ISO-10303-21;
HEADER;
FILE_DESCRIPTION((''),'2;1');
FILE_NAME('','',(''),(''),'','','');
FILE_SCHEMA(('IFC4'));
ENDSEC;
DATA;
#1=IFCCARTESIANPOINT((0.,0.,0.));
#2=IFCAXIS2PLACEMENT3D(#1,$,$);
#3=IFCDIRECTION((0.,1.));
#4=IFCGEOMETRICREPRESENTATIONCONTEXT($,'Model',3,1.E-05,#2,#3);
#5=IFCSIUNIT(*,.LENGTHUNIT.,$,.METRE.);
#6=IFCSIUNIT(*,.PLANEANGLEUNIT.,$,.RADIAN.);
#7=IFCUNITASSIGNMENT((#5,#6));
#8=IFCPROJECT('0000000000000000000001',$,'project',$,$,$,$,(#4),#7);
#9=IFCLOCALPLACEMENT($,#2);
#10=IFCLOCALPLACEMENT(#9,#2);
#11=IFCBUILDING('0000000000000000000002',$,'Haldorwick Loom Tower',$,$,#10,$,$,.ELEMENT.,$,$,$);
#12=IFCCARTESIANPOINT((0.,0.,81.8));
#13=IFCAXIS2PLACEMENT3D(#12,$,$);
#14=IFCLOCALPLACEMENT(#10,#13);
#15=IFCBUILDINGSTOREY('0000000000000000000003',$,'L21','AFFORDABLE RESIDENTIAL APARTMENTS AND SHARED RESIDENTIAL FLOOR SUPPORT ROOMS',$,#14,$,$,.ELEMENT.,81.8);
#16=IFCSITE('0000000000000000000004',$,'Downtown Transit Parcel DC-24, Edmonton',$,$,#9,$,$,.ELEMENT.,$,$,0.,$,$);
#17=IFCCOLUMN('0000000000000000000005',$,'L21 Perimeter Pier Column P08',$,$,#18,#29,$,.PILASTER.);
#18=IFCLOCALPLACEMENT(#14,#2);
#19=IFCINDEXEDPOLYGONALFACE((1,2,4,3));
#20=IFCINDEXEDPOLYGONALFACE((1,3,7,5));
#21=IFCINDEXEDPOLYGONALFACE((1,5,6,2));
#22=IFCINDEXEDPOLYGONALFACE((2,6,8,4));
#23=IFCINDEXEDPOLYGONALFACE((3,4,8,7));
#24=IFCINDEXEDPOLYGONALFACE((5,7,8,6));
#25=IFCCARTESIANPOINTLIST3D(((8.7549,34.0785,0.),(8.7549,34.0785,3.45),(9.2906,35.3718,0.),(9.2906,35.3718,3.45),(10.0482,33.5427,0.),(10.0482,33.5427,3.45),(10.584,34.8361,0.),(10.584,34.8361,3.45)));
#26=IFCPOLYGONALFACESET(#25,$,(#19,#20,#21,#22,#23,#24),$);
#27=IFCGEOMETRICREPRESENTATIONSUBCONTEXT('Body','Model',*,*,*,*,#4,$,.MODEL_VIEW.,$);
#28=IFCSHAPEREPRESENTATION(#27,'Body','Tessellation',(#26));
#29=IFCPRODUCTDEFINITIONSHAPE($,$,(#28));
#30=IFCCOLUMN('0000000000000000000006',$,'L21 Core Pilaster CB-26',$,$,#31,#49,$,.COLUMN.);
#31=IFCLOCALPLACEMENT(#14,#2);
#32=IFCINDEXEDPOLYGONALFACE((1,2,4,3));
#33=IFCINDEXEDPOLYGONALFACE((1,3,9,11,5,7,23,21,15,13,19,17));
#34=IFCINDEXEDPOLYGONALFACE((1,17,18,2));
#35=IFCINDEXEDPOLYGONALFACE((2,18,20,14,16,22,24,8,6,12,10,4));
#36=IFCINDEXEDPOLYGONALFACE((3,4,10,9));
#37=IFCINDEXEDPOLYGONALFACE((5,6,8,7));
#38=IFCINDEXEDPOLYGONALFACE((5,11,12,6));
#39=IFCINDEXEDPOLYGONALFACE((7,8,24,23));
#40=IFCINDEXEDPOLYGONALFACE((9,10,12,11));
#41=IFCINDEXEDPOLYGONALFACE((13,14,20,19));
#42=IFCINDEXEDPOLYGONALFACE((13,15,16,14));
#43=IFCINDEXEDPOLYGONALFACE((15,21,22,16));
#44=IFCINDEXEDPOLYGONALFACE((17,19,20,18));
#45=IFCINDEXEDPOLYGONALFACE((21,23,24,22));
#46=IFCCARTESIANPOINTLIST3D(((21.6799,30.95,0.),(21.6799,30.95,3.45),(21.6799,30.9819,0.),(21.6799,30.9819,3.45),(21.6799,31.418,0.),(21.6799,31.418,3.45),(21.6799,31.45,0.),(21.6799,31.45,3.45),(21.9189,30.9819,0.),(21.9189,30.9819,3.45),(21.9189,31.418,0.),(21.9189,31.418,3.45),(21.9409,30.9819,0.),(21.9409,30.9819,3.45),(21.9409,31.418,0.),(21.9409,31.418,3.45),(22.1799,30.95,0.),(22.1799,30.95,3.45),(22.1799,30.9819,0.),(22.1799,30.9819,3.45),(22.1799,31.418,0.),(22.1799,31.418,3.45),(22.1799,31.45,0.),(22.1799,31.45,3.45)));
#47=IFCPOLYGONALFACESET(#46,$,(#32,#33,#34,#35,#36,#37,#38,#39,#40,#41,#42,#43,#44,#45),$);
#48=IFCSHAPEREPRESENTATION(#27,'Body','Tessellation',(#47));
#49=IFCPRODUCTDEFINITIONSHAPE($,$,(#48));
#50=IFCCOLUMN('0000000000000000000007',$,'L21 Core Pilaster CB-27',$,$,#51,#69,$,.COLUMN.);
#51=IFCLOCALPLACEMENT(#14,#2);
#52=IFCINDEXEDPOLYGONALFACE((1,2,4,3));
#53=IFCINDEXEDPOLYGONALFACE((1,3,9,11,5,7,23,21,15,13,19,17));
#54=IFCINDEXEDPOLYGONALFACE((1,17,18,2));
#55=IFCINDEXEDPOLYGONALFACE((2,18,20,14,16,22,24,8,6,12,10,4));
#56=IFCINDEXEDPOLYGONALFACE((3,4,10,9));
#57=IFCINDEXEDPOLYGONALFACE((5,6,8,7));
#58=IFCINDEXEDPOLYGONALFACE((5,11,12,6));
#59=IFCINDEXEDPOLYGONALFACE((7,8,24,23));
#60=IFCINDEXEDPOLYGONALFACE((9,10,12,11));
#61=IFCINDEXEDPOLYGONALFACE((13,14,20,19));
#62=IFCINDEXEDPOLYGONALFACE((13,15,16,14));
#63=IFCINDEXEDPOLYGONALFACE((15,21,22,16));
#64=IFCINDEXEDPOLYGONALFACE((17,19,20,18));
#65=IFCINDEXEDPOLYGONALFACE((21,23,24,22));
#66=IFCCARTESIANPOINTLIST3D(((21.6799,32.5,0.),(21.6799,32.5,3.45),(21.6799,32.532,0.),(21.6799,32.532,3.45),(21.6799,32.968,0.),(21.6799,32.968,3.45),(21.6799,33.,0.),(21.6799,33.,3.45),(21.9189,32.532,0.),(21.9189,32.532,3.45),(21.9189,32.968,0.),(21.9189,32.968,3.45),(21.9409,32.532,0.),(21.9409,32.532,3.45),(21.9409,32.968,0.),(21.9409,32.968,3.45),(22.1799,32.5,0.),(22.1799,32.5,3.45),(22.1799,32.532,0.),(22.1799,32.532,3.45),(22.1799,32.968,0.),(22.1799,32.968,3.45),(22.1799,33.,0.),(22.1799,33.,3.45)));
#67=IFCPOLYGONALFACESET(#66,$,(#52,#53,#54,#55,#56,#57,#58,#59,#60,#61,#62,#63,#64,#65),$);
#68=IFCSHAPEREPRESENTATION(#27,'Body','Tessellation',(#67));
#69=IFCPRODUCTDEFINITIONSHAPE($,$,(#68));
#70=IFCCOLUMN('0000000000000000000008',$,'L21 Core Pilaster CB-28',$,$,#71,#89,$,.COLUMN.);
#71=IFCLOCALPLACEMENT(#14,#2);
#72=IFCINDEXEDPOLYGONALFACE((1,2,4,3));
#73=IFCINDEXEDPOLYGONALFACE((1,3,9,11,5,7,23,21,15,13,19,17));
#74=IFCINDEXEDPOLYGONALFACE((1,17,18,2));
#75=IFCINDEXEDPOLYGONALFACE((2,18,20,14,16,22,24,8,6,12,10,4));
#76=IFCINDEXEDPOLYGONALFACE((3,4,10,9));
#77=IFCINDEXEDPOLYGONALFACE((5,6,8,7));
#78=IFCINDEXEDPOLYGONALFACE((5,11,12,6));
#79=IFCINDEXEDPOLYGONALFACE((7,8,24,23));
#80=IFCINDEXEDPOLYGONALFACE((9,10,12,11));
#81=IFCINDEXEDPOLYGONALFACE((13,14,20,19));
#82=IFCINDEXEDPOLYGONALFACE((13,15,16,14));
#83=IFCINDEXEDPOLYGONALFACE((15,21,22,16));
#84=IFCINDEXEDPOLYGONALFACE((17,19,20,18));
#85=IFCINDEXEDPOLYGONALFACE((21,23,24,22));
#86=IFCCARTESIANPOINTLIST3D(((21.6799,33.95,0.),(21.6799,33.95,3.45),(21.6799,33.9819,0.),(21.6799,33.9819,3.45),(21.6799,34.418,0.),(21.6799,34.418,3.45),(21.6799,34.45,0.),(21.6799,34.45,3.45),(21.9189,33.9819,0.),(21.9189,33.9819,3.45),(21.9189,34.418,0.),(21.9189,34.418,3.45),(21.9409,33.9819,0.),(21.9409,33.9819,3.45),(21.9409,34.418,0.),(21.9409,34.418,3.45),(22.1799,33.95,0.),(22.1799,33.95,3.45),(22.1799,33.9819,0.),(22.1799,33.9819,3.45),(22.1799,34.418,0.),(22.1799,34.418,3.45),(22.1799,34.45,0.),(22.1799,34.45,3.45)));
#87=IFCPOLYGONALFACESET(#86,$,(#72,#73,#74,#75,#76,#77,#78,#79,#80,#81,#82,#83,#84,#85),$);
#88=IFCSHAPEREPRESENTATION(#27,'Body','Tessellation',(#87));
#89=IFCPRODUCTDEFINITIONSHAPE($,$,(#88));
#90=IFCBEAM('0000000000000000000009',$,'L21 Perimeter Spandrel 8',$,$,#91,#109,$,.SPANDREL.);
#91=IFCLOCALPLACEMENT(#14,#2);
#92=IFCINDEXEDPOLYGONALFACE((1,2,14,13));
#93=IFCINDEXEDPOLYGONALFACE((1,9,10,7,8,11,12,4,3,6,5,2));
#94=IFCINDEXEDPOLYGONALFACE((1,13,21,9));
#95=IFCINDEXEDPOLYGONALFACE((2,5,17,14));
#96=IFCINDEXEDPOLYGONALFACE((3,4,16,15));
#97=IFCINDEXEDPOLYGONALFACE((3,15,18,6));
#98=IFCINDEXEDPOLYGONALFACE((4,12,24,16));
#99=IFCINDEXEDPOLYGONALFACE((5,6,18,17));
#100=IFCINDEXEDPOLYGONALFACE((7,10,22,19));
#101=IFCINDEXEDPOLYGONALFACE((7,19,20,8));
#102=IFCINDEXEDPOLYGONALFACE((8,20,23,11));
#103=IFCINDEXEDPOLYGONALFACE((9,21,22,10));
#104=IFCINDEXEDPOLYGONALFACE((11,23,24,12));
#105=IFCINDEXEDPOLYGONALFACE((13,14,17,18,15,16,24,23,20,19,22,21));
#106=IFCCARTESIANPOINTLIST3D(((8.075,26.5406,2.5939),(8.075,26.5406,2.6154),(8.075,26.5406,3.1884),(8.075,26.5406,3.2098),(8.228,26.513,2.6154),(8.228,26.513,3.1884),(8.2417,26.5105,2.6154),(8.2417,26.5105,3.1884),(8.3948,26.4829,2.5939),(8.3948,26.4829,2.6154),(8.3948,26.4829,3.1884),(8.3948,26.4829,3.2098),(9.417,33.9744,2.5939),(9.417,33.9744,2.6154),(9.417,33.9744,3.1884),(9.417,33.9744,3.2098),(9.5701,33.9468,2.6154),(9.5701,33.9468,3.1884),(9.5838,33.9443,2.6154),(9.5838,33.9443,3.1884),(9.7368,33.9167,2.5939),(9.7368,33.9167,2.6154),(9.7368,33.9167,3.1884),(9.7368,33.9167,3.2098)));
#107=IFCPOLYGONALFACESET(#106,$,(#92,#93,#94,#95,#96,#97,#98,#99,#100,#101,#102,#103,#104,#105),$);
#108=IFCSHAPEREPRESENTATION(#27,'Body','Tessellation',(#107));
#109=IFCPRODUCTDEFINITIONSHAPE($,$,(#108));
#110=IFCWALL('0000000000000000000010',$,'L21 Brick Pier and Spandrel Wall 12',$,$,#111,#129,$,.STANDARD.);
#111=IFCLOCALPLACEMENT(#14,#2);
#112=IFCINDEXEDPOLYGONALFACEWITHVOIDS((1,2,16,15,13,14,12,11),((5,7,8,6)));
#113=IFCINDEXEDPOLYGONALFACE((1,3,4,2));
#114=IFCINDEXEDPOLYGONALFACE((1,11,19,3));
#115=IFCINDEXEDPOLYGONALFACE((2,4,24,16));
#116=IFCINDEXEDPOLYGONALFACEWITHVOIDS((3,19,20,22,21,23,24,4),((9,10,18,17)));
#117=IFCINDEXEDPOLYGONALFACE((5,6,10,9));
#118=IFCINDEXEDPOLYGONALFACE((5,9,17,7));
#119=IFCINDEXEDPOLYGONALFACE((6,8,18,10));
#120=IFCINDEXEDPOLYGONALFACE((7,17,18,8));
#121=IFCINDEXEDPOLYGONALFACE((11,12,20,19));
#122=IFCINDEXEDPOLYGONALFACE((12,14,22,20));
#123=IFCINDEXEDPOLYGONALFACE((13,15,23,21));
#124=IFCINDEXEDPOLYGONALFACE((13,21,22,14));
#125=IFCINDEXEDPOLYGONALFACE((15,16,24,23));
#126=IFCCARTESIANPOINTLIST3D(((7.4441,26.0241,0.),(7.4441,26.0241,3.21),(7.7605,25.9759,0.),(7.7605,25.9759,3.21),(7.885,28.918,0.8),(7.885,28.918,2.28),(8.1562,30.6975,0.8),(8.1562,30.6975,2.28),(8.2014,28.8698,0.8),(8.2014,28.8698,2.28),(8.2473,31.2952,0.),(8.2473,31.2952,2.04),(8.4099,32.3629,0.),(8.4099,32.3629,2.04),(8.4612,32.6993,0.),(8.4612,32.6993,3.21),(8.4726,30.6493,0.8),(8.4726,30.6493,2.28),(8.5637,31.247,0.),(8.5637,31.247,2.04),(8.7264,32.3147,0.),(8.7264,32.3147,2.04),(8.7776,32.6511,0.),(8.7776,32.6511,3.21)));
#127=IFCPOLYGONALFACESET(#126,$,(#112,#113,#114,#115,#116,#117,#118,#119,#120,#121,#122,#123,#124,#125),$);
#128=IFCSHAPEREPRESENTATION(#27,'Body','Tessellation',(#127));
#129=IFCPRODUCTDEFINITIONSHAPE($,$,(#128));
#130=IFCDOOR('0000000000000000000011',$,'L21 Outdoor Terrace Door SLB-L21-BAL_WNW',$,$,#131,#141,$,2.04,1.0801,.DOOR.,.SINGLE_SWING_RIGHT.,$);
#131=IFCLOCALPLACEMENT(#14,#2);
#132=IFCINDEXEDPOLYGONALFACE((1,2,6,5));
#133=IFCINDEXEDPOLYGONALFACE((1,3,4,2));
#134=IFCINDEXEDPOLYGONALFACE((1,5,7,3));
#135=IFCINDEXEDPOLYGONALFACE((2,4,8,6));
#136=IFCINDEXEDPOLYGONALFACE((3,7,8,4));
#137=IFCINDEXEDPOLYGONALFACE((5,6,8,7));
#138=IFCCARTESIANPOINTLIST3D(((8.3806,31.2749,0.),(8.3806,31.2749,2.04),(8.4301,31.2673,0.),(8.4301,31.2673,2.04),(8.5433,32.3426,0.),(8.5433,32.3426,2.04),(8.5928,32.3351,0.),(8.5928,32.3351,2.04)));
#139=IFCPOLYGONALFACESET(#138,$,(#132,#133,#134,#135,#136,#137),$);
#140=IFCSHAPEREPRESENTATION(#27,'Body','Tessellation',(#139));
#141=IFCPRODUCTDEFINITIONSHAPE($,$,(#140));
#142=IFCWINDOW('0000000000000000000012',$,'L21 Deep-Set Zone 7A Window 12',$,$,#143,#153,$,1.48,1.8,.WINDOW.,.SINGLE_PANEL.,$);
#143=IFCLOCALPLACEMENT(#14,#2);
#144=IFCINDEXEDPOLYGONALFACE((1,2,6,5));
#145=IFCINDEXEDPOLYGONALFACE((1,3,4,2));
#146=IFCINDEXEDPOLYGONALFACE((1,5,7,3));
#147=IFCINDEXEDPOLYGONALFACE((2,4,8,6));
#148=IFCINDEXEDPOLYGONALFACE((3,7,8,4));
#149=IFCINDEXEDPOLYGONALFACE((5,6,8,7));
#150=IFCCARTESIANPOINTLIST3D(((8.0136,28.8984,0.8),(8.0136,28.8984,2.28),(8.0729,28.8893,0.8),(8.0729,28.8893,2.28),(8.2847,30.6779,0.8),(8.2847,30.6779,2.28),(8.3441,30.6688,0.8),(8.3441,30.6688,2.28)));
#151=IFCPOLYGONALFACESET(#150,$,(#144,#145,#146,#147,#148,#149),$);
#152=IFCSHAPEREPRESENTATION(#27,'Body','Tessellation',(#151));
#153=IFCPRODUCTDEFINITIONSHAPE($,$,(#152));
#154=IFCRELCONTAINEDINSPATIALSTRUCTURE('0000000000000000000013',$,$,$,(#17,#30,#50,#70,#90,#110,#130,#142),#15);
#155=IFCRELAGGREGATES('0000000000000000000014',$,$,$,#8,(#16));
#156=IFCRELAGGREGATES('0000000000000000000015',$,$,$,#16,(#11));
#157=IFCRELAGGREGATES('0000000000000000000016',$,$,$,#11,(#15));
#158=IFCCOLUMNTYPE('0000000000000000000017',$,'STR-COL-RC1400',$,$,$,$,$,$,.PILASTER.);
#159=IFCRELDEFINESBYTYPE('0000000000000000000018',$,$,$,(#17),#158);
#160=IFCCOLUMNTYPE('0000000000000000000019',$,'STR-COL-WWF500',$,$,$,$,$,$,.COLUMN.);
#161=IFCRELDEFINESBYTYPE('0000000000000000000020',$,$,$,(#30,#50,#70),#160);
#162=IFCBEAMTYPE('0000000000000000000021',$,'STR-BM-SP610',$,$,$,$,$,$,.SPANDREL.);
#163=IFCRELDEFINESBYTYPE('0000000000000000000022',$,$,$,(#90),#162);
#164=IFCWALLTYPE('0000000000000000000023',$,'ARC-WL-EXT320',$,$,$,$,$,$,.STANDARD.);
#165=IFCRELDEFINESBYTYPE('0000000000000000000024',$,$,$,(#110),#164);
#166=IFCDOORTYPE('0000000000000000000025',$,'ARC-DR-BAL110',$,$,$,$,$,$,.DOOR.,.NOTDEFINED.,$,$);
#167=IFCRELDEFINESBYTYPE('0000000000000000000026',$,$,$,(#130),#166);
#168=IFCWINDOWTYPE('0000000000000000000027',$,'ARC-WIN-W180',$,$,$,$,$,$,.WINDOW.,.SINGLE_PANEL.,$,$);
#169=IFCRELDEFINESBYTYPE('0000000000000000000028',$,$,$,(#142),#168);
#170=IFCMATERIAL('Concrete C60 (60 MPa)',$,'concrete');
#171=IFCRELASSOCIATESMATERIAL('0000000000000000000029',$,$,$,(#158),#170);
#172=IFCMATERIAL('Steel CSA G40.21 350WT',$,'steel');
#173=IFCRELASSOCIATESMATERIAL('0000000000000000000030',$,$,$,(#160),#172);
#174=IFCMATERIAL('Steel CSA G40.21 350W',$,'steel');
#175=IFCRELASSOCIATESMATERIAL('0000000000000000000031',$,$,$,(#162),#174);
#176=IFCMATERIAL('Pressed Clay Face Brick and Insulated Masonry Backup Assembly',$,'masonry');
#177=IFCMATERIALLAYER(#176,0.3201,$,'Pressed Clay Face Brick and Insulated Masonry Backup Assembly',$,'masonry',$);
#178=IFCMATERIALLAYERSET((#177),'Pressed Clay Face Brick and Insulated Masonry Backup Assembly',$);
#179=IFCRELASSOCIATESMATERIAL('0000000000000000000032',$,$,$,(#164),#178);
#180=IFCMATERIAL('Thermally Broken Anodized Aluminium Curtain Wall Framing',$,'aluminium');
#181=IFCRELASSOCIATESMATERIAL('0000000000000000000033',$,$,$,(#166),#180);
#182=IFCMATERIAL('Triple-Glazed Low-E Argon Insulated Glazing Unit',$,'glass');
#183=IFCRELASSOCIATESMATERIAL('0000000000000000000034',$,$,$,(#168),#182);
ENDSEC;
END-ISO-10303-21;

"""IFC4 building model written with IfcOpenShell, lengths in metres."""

from ifc_helpers import new_model, si_unit, direction, frame, frame_2d, origin, origin_2d, place, context, subcontext, project, spatial, rectangle, i_section, extrude, material, layer, layer_set, material_profile, profile_set, type_object, element, fill, save


model = new_model("IFC4")

# Units and contexts
model_context = context("Model", 3, precision=1e-05, world=origin(), true_north=direction((0.0, 1.0)))
body_context = subcontext(model_context, "Body", "Model", "MODEL_VIEW")
ifc_project = project(units=[si_unit("LENGTHUNIT", "METRE"), si_unit("PLANEANGLEUNIT", "RADIAN")], contexts=[model_context])

# Site, building, storey
site_placement = place(None, origin())
site = spatial("IfcSite", under=ifc_project, at=site_placement, Name="Downtown Transit Parcel DC-24, Edmonton", CompositionType="ELEMENT", RefElevation=0.0)
building_placement = place(site_placement, origin())
building = spatial("IfcBuilding", under=site, at=building_placement, Name="Haldorwick Loom Tower", CompositionType="ELEMENT")
storey_placement = place(building_placement, frame((0.0, 0.0, 81.8)))
storey = spatial("IfcBuildingStorey", under=building, at=storey_placement, Name="L21", Description="AFFORDABLE RESIDENTIAL APARTMENTS AND SHARED RESIDENTIAL FLOOR SUPPORT ROOMS", CompositionType="ELEMENT", Elevation=81.8)

# Columns
ifc_material_1 = material(Name="Concrete C60 (60 MPa)", Category="concrete")
ifc_material_profile_1 = material_profile(ifc_material_1, rectangle(XDim=1.3999, YDim=1.3999, at=origin_2d()), Name="RC1400X1400", Category="concrete")
ifc_profile_set_1 = profile_set([ifc_material_profile_1], Name="Concrete C60 (60 MPa)")
column_type_1 = type_object("IfcColumnType", Name="STR-COL-RC1400", PredefinedType="PILASTER", material=ifc_profile_set_1)
column_placement = place(storey_placement, frame((9.6694, 34.4573, 0.0), z_axis=(0.0, 0.0, 1.0), x_axis=(-0.92388, 0.382683, 0.0)))
element("IfcColumn", 1, at=column_placement, inside=storey, type_object=column_type_1, Name="L21 Perimeter Pier Column P08", PredefinedType="PILASTER", context=body_context, shape_type="SweptSolid", body=[
    extrude(rectangle(XDim=1.3999, YDim=1.3999, at=origin_2d()), origin(), (0.0, 0.0, 1.0), 3.45),
])
ifc_material_2 = material(Name="Steel CSA G40.21 350WT", Category="steel")
ifc_material_profile_2 = material_profile(ifc_material_2, i_section(OverallWidth=0.5, OverallDepth=0.5, WebThickness=0.022, FlangeThickness=0.032, at=origin_2d()), Name="WWF500X500", Category="steel")
ifc_profile_set_2 = profile_set([ifc_material_profile_2], Name="Steel CSA G40.21 350WT")
column_type_2 = type_object("IfcColumnType", Name="STR-COL-WWF500", PredefinedType="COLUMN", material=ifc_profile_set_2)
for number, where, z_axis, x_axis, name in (
    (2, (21.9299, 31.2, 0.0), (0.0, 0.0, 1.0), (1.0, 0.0, 0.0), "L21 Core Pilaster CB-26"),
    (3, (21.9299, 32.75, 0.0), (0.0, 0.0, 1.0), (1.0, 0.0, 0.0), "L21 Core Pilaster CB-27"),
    (4, (21.9299, 34.2, 0.0), (0.0, 0.0, 1.0), (1.0, 0.0, 0.0), "L21 Core Pilaster CB-28"),
):
    element("IfcColumn", number, at=place(storey_placement, frame(where, z_axis=z_axis, x_axis=x_axis)), inside=storey, type_object=column_type_2, Name=name, PredefinedType="COLUMN", context=body_context, shape_type="SweptSolid", body=[
        extrude(i_section(OverallWidth=0.5, OverallDepth=0.5, WebThickness=0.022, FlangeThickness=0.032, at=origin_2d()), origin(), (0.0, 0.0, 1.0), 3.45),
    ])

# Beam
ifc_material_3 = material(Name="Steel CSA G40.21 350W", Category="steel")
ifc_material_profile_3 = material_profile(ifc_material_3, i_section(OverallWidth=0.325, OverallDepth=0.616, WebThickness=0.0139, FlangeThickness=0.0215, at=origin_2d()), Name="W610X174", Category="steel")
ifc_profile_set_3 = profile_set([ifc_material_profile_3], Name="Steel CSA G40.21 350W")
beam_type = type_object("IfcBeamType", Name="STR-BM-SP610", PredefinedType="SPANDREL", material=ifc_profile_set_3)
beam_placement = place(storey_placement, frame((9.5769, 33.9456, 2.9019), z_axis=(-0.177659, -0.984092, 0.0), x_axis=(0.984092, -0.177659, 0.0)))
element("IfcBeam", 5, at=beam_placement, inside=storey, type_object=beam_type, Name="L21 Perimeter Spandrel 8", PredefinedType="SPANDREL", context=body_context, shape_type="SweptSolid", body=[
    extrude(i_section(OverallWidth=0.325, OverallDepth=0.616, WebThickness=0.0139, FlangeThickness=0.0215, at=origin_2d()), origin(), (0.0, 0.0, 1.0), 7.554),
])

# Wall, openings, door, window
ifc_material_4 = material(Name="Pressed Clay Face Brick and Insulated Masonry Backup Assembly", Category="masonry")
ifc_layer_1 = layer(ifc_material_4, 0.3201, Name="Pressed Clay Face Brick and Insulated Masonry Backup Assembly", Category="masonry")
ifc_layer_set_1 = layer_set([ifc_layer_1], Name="Pressed Clay Face Brick and Insulated Masonry Backup Assembly")
wall_type_1 = type_object("IfcWallType", Name="ARC-WL-EXT320", PredefinedType="STANDARD", material=ifc_layer_set_1)
wall_1_placement = place(storey_placement, frame((8.6194, 32.675, 0.0), z_axis=(0.0, 0.0, 1.0), x_axis=(-0.150633, -0.98859, 0.0)))
wall_1 = element("IfcWall", 6, at=wall_1_placement, inside=storey, type_object=wall_type_1, Name="L21 Brick Pier and Spandrel Wall 12", PredefinedType="STANDARD", context=body_context, shape_type="SweptSolid", body=[
    extrude(rectangle(XDim=6.7522, YDim=0.3201, at=frame_2d((3.376, 0.0))), origin(), (0.0, 0.0, 1.0), 3.21),
])
opening_1_placement = place(wall_1_placement, frame((0.3401, 0.0, 0.0)))
opening_1 = element("IfcOpeningElement", 7, at=opening_1_placement, cuts=wall_1, PredefinedType="OPENING", context=body_context, shape_type="SweptSolid", body=[
    extrude(rectangle(XDim=1.0801, YDim=2.04, at=frame_2d((0.54, 1.02))), frame((0.0, 0.1699, 0.0), z_axis=(0.0, -1.0, 0.0), x_axis=(1.0, 0.0, 0.0)), (0.0, 0.0, 1.0), 0.3401),
])
opening_2_placement = place(wall_1_placement, frame((2.0249, 0.0, 0.8)))
opening_2 = element("IfcOpeningElement", 8, at=opening_2_placement, cuts=wall_1, PredefinedType="OPENING", context=body_context, shape_type="SweptSolid", body=[
    extrude(rectangle(XDim=1.8, YDim=1.48, at=frame_2d((0.8999, 0.74))), frame((0.0, 0.1699, 0.0), z_axis=(0.0, -1.0, 0.0), x_axis=(1.0, 0.0, 0.0)), (0.0, 0.0, 1.0), 0.3401),
])
ifc_material_5 = material(Name="Thermally Broken Anodized Aluminium Curtain Wall Framing", Category="aluminium")
door_type_1 = type_object("IfcDoorType", Name="ARC-DR-BAL110", OperationType="NOTDEFINED", PredefinedType="DOOR", material=ifc_material_5)
door_1_placement = place(opening_1_placement, origin())
door_1 = element("IfcDoor", 9, at=door_1_placement, inside=storey, type_object=door_type_1, Name="L21 Outdoor Terrace Door SLB-L21-BAL_WNW", OperationType="SINGLE_SWING_RIGHT", OverallHeight=2.04, OverallWidth=1.0801, PredefinedType="DOOR", context=body_context, shape_type="SweptSolid", body=[
    extrude(rectangle(XDim=1.0801, YDim=2.04, at=frame_2d((0.54, 1.02))), frame((0.0, 0.0249, 0.0), z_axis=(0.0, -1.0, 0.0), x_axis=(1.0, 0.0, 0.0)), (0.0, 0.0, 1.0), 0.05),
])
fill(opening_1, door_1)
ifc_material_6 = material(Name="Triple-Glazed Low-E Argon Insulated Glazing Unit", Category="glass")
window_type = type_object("IfcWindowType", Name="ARC-WIN-W180", PartitioningType="SINGLE_PANEL", PredefinedType="WINDOW", material=ifc_material_6)
window_placement = place(opening_2_placement, origin())
window = element("IfcWindow", 10, at=window_placement, inside=storey, type_object=window_type, Name="L21 Deep-Set Zone 7A Window 12", OverallHeight=1.48, OverallWidth=1.8, PartitioningType="SINGLE_PANEL", PredefinedType="WINDOW", context=body_context, shape_type="SweptSolid", body=[
    extrude(rectangle(XDim=1.8, YDim=1.48, at=frame_2d((0.8999, 0.74))), frame((0.0, 0.03, 0.0), z_axis=(0.0, -1.0, 0.0), x_axis=(1.0, 0.0, 0.0)), (0.0, 0.0, 1.0), 0.0601),
])
fill(opening_2, window)

save(model, "model.ifc")
